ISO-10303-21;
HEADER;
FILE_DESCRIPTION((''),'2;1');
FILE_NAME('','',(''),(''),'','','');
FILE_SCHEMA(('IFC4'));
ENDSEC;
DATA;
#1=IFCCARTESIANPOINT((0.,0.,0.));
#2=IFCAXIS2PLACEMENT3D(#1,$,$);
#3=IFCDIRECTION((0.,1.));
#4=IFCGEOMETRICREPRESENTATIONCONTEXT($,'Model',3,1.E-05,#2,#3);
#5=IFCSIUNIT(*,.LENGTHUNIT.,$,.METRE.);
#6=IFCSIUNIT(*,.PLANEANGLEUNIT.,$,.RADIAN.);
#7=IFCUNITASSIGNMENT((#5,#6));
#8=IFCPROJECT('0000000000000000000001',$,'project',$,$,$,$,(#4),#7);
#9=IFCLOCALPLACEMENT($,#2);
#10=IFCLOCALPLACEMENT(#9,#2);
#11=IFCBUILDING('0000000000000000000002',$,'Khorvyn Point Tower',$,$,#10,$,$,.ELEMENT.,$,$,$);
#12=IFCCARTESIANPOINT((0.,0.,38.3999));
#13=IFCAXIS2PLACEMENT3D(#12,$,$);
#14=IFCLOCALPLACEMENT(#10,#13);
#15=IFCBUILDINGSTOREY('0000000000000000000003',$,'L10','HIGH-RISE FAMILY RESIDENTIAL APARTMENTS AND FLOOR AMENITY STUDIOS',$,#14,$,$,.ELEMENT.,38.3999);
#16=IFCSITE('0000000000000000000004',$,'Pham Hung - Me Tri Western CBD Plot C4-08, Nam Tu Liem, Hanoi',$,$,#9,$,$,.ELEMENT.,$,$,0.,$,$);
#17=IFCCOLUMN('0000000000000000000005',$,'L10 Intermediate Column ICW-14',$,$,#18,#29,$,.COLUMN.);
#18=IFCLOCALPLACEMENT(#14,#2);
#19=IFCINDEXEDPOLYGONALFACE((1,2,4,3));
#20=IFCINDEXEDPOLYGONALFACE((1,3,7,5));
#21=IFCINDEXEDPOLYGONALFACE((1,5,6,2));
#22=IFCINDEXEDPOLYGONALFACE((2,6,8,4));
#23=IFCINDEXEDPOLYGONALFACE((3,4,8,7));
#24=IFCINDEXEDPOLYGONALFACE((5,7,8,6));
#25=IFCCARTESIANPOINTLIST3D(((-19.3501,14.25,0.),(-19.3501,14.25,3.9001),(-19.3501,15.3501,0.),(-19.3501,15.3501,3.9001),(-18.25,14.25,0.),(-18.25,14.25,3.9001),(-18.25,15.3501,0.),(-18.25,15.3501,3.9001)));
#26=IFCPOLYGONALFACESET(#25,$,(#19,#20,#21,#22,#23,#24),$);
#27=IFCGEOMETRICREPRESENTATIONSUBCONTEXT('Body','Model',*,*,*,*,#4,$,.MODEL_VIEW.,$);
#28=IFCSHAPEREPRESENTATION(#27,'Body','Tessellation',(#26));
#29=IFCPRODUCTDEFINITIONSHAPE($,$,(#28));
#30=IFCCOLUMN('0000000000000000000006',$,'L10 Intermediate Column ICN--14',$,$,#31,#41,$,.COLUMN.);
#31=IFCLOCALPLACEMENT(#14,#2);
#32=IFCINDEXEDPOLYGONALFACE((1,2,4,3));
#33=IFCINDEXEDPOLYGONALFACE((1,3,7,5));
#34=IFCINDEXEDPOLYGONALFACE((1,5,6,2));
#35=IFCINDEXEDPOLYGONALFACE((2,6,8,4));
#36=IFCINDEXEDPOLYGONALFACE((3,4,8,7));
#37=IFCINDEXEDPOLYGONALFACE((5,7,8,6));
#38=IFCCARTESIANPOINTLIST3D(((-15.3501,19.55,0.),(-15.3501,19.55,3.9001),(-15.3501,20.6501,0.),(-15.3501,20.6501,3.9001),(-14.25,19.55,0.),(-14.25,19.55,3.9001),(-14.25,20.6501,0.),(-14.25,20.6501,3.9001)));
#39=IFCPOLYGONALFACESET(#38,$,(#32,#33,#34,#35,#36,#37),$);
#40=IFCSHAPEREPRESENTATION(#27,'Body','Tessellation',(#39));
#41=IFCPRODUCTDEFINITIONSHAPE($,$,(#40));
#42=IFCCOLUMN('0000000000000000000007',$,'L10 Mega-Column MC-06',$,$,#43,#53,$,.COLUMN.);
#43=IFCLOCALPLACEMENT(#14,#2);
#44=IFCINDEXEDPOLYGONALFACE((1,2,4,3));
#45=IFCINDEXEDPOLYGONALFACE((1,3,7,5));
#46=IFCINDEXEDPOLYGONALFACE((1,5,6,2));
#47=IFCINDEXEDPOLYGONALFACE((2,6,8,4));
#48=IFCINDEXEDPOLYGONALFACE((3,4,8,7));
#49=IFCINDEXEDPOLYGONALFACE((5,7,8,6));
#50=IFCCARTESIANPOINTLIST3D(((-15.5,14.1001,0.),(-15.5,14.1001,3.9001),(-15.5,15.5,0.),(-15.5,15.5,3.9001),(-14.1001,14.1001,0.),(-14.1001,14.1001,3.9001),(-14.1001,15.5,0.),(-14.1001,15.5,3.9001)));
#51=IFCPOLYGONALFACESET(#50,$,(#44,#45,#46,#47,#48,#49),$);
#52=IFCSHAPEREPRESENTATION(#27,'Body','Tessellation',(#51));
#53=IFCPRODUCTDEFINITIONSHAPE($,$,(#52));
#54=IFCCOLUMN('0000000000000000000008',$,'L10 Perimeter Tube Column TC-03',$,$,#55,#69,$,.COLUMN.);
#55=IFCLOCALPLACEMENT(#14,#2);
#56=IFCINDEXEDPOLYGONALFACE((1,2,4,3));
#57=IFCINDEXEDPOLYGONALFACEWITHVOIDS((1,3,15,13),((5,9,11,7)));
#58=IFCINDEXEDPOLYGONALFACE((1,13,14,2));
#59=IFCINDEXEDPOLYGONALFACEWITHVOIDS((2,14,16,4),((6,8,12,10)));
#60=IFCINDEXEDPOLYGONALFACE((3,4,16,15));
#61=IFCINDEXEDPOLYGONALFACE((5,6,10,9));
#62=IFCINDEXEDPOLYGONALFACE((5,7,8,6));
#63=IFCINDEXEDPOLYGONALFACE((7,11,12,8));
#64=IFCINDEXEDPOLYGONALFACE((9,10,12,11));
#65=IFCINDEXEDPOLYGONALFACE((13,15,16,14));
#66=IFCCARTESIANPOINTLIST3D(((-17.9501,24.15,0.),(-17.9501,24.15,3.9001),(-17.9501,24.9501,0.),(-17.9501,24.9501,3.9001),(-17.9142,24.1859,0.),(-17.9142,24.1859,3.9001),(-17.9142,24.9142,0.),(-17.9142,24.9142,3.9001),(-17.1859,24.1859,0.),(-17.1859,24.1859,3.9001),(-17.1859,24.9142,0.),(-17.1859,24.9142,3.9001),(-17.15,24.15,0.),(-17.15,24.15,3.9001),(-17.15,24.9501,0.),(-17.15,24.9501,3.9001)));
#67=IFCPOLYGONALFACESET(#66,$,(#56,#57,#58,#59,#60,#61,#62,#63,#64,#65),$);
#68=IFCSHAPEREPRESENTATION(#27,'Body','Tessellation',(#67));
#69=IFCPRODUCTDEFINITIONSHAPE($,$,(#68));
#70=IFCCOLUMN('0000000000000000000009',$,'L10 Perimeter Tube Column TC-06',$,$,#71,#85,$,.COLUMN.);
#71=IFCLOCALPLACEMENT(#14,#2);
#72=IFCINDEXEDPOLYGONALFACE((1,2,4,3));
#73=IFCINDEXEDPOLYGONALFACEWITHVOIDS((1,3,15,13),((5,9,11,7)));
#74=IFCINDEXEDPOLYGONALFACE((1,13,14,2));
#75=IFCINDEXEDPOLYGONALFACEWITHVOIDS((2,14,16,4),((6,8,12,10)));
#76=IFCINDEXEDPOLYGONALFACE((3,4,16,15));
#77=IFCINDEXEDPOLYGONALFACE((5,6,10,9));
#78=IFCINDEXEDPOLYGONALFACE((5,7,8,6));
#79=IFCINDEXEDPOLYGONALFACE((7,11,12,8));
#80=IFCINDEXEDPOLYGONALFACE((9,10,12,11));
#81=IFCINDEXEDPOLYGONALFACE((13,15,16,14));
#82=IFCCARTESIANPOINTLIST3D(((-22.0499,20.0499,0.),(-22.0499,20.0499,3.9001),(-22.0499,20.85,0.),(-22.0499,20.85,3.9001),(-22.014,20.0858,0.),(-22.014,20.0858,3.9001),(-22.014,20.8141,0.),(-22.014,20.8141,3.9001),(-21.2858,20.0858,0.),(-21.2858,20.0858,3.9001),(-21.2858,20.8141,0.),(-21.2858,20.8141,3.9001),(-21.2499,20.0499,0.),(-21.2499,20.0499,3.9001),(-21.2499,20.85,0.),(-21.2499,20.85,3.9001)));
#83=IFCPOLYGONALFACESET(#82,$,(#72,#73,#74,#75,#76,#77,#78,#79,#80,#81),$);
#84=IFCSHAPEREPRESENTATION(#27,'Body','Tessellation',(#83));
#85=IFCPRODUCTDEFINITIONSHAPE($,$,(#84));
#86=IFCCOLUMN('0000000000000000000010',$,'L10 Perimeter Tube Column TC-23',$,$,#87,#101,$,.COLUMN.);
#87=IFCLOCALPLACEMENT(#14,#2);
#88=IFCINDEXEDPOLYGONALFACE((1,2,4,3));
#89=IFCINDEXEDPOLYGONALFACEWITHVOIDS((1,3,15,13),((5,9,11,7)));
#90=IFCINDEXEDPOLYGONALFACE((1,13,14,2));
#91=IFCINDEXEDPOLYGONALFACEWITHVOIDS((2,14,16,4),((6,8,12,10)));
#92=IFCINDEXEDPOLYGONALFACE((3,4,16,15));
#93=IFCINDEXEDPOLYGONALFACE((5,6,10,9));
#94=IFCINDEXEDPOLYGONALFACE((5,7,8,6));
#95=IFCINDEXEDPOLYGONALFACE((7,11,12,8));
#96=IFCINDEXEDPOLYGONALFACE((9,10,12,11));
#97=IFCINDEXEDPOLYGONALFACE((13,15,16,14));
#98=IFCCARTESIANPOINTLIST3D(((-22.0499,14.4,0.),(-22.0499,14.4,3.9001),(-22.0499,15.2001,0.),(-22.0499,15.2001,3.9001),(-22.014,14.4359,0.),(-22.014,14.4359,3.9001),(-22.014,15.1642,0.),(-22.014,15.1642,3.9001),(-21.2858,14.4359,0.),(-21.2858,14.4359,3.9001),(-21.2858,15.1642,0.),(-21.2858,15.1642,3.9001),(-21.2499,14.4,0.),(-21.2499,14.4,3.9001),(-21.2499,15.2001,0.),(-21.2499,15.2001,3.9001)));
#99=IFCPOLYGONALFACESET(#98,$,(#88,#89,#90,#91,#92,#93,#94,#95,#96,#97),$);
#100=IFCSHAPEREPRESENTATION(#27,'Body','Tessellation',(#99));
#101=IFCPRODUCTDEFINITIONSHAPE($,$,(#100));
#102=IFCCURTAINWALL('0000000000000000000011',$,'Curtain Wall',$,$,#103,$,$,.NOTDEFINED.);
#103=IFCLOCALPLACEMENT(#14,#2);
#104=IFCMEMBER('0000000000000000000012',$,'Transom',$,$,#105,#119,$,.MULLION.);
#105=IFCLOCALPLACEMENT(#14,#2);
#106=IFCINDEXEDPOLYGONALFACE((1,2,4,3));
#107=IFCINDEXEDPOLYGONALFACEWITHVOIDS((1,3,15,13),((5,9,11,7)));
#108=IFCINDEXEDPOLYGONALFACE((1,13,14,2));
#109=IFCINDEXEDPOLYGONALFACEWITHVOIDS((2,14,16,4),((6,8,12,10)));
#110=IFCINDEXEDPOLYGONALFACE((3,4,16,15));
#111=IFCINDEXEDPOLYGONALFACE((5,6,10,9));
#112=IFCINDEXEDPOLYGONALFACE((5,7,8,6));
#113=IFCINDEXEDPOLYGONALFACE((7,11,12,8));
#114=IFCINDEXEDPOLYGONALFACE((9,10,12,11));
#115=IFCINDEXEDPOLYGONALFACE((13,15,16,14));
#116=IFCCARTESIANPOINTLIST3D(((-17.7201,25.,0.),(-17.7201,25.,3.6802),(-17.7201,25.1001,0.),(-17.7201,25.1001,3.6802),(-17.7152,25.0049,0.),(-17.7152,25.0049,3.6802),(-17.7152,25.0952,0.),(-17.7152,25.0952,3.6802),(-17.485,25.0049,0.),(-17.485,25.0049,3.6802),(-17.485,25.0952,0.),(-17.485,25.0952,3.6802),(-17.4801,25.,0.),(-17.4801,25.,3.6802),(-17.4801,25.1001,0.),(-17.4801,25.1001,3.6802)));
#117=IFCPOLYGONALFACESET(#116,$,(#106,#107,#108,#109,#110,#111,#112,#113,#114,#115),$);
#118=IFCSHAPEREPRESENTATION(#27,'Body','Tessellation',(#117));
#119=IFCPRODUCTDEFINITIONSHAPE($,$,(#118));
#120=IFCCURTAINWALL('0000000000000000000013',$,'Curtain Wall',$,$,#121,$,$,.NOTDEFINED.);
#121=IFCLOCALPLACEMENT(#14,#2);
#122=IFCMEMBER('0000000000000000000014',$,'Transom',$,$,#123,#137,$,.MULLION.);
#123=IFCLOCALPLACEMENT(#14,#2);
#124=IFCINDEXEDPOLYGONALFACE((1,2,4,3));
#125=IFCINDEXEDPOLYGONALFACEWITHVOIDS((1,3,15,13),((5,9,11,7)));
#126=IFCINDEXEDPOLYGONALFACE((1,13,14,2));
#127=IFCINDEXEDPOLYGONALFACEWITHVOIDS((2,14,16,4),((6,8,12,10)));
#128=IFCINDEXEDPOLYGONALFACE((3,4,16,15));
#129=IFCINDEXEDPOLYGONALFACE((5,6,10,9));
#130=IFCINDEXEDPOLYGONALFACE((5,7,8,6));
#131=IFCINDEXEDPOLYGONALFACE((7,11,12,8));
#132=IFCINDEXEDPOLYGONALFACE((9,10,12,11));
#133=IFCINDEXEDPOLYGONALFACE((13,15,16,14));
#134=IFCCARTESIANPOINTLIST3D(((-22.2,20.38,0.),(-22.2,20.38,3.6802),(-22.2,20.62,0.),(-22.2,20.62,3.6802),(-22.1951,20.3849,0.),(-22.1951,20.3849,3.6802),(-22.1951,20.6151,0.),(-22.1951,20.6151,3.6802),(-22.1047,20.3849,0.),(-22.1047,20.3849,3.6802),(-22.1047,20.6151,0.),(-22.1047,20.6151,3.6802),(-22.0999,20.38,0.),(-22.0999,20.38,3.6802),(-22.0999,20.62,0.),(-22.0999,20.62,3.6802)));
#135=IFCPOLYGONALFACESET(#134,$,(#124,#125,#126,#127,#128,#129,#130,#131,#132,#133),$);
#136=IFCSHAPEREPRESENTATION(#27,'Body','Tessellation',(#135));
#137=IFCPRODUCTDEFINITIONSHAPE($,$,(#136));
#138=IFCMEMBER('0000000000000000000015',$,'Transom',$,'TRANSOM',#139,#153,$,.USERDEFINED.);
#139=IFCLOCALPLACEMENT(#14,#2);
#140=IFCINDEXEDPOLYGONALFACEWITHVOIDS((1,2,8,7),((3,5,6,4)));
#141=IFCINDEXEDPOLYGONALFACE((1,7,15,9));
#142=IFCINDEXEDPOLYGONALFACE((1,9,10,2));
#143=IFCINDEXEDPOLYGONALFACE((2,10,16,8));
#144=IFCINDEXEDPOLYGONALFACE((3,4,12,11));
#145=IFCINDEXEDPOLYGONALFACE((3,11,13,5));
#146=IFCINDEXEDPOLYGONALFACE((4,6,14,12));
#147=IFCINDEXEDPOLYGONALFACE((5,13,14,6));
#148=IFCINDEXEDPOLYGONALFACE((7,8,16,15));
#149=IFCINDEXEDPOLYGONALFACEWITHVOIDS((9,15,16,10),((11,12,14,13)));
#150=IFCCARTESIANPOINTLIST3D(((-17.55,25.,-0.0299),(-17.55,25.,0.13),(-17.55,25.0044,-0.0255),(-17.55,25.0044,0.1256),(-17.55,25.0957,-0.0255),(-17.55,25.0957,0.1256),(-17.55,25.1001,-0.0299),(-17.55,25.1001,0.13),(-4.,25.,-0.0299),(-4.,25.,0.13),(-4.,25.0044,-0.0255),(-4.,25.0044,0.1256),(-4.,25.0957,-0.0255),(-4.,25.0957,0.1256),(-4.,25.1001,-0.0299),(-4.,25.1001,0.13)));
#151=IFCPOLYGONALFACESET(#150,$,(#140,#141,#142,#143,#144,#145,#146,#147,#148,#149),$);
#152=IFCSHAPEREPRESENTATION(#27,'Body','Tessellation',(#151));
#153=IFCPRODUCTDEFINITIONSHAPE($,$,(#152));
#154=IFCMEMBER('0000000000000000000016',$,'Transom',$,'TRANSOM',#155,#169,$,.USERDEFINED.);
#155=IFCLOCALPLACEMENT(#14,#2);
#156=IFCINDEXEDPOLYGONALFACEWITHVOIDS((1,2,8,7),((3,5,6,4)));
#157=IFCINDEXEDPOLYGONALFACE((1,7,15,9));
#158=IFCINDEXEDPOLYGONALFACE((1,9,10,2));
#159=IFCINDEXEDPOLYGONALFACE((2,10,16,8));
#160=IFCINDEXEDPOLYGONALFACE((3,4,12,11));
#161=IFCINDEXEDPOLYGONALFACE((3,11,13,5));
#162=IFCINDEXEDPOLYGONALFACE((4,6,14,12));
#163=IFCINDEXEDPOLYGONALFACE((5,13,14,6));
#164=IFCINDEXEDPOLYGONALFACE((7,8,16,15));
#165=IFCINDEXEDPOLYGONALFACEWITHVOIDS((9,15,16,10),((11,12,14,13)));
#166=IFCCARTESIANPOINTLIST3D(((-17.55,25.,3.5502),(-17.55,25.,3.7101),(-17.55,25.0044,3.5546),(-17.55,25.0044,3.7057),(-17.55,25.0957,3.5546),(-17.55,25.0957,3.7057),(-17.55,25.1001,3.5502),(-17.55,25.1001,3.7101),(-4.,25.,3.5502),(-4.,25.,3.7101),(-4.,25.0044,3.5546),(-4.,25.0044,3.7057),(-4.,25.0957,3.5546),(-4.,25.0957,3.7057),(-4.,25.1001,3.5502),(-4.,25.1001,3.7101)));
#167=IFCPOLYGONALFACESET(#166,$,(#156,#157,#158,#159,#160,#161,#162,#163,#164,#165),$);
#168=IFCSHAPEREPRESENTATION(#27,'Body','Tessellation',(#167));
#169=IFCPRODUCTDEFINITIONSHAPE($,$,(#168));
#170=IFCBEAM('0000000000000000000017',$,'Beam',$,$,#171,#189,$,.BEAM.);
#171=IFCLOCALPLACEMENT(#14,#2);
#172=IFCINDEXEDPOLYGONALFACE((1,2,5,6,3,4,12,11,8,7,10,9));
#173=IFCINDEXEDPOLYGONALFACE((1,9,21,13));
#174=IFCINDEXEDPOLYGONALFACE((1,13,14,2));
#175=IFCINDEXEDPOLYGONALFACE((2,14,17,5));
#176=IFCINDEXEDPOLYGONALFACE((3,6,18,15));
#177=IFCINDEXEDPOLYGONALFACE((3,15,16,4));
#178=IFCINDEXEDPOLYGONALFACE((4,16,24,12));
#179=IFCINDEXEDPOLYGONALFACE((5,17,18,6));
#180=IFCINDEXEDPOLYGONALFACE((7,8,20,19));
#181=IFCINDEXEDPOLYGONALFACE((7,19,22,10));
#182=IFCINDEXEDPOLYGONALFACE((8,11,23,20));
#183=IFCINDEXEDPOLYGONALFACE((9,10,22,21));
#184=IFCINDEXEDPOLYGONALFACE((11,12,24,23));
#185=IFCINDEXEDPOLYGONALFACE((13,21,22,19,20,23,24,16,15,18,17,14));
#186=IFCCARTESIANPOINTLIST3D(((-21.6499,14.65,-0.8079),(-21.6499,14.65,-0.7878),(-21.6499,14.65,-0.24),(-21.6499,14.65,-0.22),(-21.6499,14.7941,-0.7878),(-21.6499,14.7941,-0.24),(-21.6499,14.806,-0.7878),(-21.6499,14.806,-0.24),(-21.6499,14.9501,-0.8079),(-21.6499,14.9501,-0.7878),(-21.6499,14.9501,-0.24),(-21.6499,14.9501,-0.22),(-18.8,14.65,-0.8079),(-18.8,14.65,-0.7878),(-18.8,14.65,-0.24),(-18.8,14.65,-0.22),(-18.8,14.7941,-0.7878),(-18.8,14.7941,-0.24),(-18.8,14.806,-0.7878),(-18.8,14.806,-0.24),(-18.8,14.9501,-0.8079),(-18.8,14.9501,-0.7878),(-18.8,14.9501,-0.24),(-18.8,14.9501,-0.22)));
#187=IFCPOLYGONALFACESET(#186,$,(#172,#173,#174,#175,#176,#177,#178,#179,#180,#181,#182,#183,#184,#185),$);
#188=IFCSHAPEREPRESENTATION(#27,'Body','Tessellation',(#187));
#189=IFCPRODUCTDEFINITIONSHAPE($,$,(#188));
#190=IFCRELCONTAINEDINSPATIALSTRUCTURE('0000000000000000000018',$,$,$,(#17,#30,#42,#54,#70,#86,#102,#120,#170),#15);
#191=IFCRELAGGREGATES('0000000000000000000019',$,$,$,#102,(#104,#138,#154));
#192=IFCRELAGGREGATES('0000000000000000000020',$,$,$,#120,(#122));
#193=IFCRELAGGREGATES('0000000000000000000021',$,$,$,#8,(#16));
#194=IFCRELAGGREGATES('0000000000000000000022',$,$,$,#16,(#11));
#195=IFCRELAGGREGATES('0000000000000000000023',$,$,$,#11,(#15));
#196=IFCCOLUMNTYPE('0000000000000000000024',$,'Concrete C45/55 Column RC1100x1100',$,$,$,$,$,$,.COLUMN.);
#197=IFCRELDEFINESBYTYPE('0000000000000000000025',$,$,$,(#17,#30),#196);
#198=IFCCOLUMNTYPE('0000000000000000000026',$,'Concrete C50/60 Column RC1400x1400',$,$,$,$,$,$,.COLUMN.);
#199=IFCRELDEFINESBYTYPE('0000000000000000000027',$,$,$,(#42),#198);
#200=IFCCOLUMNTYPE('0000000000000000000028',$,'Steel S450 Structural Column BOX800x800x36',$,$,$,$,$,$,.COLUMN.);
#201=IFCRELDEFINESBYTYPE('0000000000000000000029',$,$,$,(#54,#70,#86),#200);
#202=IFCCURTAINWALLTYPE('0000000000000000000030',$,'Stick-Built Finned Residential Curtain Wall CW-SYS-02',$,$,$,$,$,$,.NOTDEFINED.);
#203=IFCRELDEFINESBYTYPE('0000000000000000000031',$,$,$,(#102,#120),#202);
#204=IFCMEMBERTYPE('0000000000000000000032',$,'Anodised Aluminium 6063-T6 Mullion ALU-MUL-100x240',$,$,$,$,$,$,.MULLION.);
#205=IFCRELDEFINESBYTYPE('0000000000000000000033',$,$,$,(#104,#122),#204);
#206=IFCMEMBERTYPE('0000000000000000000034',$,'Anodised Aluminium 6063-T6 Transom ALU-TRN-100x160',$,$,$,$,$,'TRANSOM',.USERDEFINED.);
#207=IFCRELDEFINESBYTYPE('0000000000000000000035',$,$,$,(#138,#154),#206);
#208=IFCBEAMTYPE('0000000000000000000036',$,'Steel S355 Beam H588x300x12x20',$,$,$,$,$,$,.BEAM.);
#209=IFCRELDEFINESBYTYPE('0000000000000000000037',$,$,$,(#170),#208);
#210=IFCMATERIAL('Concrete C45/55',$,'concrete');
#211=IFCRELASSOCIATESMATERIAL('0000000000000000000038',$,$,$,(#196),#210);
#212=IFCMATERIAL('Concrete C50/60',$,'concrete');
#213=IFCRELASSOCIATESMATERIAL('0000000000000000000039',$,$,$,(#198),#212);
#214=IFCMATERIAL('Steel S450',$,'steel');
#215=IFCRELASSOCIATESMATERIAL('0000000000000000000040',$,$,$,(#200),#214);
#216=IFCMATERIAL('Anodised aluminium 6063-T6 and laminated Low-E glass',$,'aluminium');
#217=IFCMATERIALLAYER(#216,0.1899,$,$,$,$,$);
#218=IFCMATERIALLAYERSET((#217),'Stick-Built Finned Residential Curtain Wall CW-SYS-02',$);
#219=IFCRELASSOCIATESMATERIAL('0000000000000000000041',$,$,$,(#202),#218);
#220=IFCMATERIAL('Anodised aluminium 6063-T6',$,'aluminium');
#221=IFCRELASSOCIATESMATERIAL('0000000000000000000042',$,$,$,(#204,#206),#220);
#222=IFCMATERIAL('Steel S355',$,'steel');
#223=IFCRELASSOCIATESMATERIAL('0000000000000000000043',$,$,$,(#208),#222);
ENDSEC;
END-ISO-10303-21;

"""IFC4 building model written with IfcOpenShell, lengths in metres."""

from ifc_helpers import new_model, si_unit, direction, frame, origin, origin_2d, place, context, subcontext, project, spatial, rectangle, hollow_rectangle, i_section, extrude, material, layer, layer_set, material_profile, profile_set, type_object, element, aggregate, save


model = new_model("IFC4")

# Units and contexts
model_context = context("Model", 3, precision=1e-05, world=origin(), true_north=direction((0.0, 1.0)))
body_context = subcontext(model_context, "Body", "Model", "MODEL_VIEW")
ifc_project = project(units=[si_unit("LENGTHUNIT", "METRE"), si_unit("PLANEANGLEUNIT", "RADIAN")], contexts=[model_context])

# Site, building, storey
site_placement = place(None, origin())
site = spatial("IfcSite", under=ifc_project, at=site_placement, Name="Pham Hung - Me Tri Western CBD Plot C4-08, Nam Tu Liem, Hanoi", CompositionType="ELEMENT", RefElevation=0.0)
building_placement = place(site_placement, origin())
building = spatial("IfcBuilding", under=site, at=building_placement, Name="Khorvyn Point Tower", CompositionType="ELEMENT")
storey_placement = place(building_placement, frame((0.0, 0.0, 38.3999)))
storey = spatial("IfcBuildingStorey", under=building, at=storey_placement, Name="L10", Description="HIGH-RISE FAMILY RESIDENTIAL APARTMENTS AND FLOOR AMENITY STUDIOS", CompositionType="ELEMENT", Elevation=38.3999)

# Columns
ifc_material_1 = material(Name="Concrete C45/55", Category="concrete")
ifc_material_profile_1 = material_profile(ifc_material_1, rectangle(XDim=1.1001, YDim=1.1001, at=origin_2d()))
ifc_profile_set_1 = profile_set([ifc_material_profile_1], Name="Concrete C45/55 RC1100x1100")
column_type_1 = type_object("IfcColumnType", Name="Concrete C45/55 Column RC1100x1100", PredefinedType="COLUMN", material=ifc_profile_set_1)
for number, where, z_axis, x_axis, name in (
    (1, (-18.8, 14.8, 0.0), (0.0, 0.0, 1.0), (1.0, 0.0, 0.0), "L10 Intermediate Column ICW-14"),
    (2, (-14.8, 20.1001, 0.0), (0.0, 0.0, 1.0), (1.0, 0.0, 0.0), "L10 Intermediate Column ICN--14"),
):
    element("IfcColumn", number, at=place(storey_placement, frame(where, z_axis=z_axis, x_axis=x_axis)), inside=storey, type_object=column_type_1, Name=name, PredefinedType="COLUMN", context=body_context, shape_type="SweptSolid", body=[
        extrude(rectangle(XDim=1.1001, YDim=1.1001, at=origin_2d()), origin(), (0.0, 0.0, 1.0), 3.9001),
    ])
ifc_material_2 = material(Name="Concrete C50/60", Category="concrete")
ifc_material_profile_2 = material_profile(ifc_material_2, rectangle(XDim=1.3999, YDim=1.3999, at=origin_2d()))
ifc_profile_set_2 = profile_set([ifc_material_profile_2], Name="Concrete C50/60 RC1400x1400")
column_type_2 = type_object("IfcColumnType", Name="Concrete C50/60 Column RC1400x1400", PredefinedType="COLUMN", material=ifc_profile_set_2)
column_placement = place(storey_placement, frame((-14.8, 14.8, 0.0), z_axis=(0.0, 0.0, 1.0), x_axis=(1.0, 0.0, 0.0)))
element("IfcColumn", 3, at=column_placement, inside=storey, type_object=column_type_2, Name="L10 Mega-Column MC-06", PredefinedType="COLUMN", context=body_context, shape_type="SweptSolid", body=[
    extrude(rectangle(XDim=1.3999, YDim=1.3999, at=origin_2d()), origin(), (0.0, 0.0, 1.0), 3.9001),
])
ifc_material_3 = material(Name="Steel S450", Category="steel")
ifc_material_profile_3 = material_profile(ifc_material_3, hollow_rectangle(XDim=0.8, YDim=0.8, WallThickness=0.0359, at=origin_2d()))
ifc_profile_set_3 = profile_set([ifc_material_profile_3], Name="Steel S450 BOX800x800x36")
column_type_3 = type_object("IfcColumnType", Name="Steel S450 Structural Column BOX800x800x36", PredefinedType="COLUMN", material=ifc_profile_set_3)
for number, where, z_axis, x_axis, name in (
    (4, (-17.55, 24.55, 0.0), (0.0, 0.0, 1.0), (1.0, 0.0, 0.0), "L10 Perimeter Tube Column TC-03"),
    (5, (-21.6499, 20.45, 0.0), (0.0, 0.0, 1.0), (1.0, 0.0, 0.0), "L10 Perimeter Tube Column TC-06"),
    (6, (-21.6499, 14.8, 0.0), (0.0, 0.0, 1.0), (1.0, 0.0, 0.0), "L10 Perimeter Tube Column TC-23"),
):
    element("IfcColumn", number, at=place(storey_placement, frame(where, z_axis=z_axis, x_axis=x_axis)), inside=storey, type_object=column_type_3, Name=name, PredefinedType="COLUMN", context=body_context, shape_type="SweptSolid", body=[
        extrude(hollow_rectangle(XDim=0.8, YDim=0.8, WallThickness=0.0359, at=origin_2d()), origin(), (0.0, 0.0, 1.0), 3.9001),
    ])

# Curtain walls, members
ifc_material_4 = material(Name="Anodised aluminium 6063-T6 and laminated Low-E glass", Category="aluminium")
ifc_layer_1 = layer(ifc_material_4, 0.1899)
ifc_layer_set_1 = layer_set([ifc_layer_1], Name="Stick-Built Finned Residential Curtain Wall CW-SYS-02")
curtain_wall_type = type_object("IfcCurtainWallType", Name="Stick-Built Finned Residential Curtain Wall CW-SYS-02", PredefinedType="NOTDEFINED", material=ifc_layer_set_1)
curtain_wall_1_placement = place(storey_placement, origin())
curtain_wall_1 = element("IfcCurtainWall", 7, at=curtain_wall_1_placement, inside=storey, type_object=curtain_wall_type, Name="Curtain Wall", PredefinedType="NOTDEFINED")
ifc_material_5 = material(Name="Anodised aluminium 6063-T6", Category="aluminium")
ifc_material_profile_4 = material_profile(ifc_material_5, hollow_rectangle(XDim=0.1001, YDim=0.24, WallThickness=0.0049, at=origin_2d()))
ifc_profile_set_4 = profile_set([ifc_material_profile_4], Name="Anodised aluminium 6063-T6 ALU-MUL-100x240")
member_type_1 = type_object("IfcMemberType", Name="Anodised Aluminium 6063-T6 Mullion ALU-MUL-100x240", PredefinedType="MULLION", material=ifc_profile_set_4)
member_1_placement = place(storey_placement, frame((-17.6001, 25.05, 0.0), z_axis=(0.0, 0.0, 1.0), x_axis=(0.0, 1.0, 0.0)))
member_1 = element("IfcMember", 8, at=member_1_placement, type_object=member_type_1, Name="Transom", PredefinedType="MULLION", context=body_context, shape_type="SweptSolid", body=[
    extrude(hollow_rectangle(XDim=0.1001, YDim=0.24, WallThickness=0.0049, at=origin_2d()), origin(), (0.0, 0.0, 1.0), 3.6802),
])
curtain_wall_2_placement = place(storey_placement, origin())
curtain_wall_2 = element("IfcCurtainWall", 9, at=curtain_wall_2_placement, inside=storey, type_object=curtain_wall_type, Name="Curtain Wall", PredefinedType="NOTDEFINED")
member_2_placement = place(storey_placement, frame((-22.1499, 20.5, 0.0), z_axis=(0.0, 0.0, 1.0), x_axis=(-1.0, 0.0, 0.0)))
member_2 = element("IfcMember", 10, at=member_2_placement, type_object=member_type_1, Name="Transom", PredefinedType="MULLION", context=body_context, shape_type="SweptSolid", body=[
    extrude(hollow_rectangle(XDim=0.1001, YDim=0.24, WallThickness=0.0049, at=origin_2d()), origin(), (0.0, 0.0, 1.0), 3.6802),
])

# Members
ifc_material_profile_5 = material_profile(ifc_material_5, hollow_rectangle(XDim=0.1001, YDim=0.1599, WallThickness=0.0044, at=origin_2d()))
ifc_profile_set_5 = profile_set([ifc_material_profile_5], Name="Anodised aluminium 6063-T6 ALU-TRN-100x160")
member_type_2 = type_object("IfcMemberType", Name="Anodised Aluminium 6063-T6 Transom ALU-TRN-100x160", ElementType="TRANSOM", PredefinedType="USERDEFINED", material=ifc_profile_set_5)
member_3_placement = place(storey_placement, frame((-17.55, 25.05, 0.05), z_axis=(1.0, 0.0, 0.0), x_axis=(0.0, 1.0, 0.0)))
member_3 = element("IfcMember", 11, at=member_3_placement, type_object=member_type_2, Name="Transom", ObjectType="TRANSOM", PredefinedType="USERDEFINED", context=body_context, shape_type="SweptSolid", body=[
    extrude(hollow_rectangle(XDim=0.1001, YDim=0.1599, WallThickness=0.0044, at=origin_2d()), origin(), (0.0, 0.0, 1.0), 13.55),
])
member_4_placement = place(storey_placement, frame((-17.55, 25.05, 3.6301), z_axis=(1.0, 0.0, 0.0), x_axis=(0.0, 1.0, 0.0)))
member_4 = element("IfcMember", 12, at=member_4_placement, type_object=member_type_2, Name="Transom", ObjectType="TRANSOM", PredefinedType="USERDEFINED", context=body_context, shape_type="SweptSolid", body=[
    extrude(hollow_rectangle(XDim=0.1001, YDim=0.1599, WallThickness=0.0044, at=origin_2d()), origin(), (0.0, 0.0, 1.0), 13.55),
])

# Beam
ifc_material_6 = material(Name="Steel S355", Category="steel")
ifc_material_profile_6 = material_profile(ifc_material_6, i_section(OverallWidth=0.3, OverallDepth=0.5879, WebThickness=0.012, FlangeThickness=0.02, at=origin_2d()))
ifc_profile_set_6 = profile_set([ifc_material_profile_6], Name="Steel S355 H588x300x12x20")
beam_type_1 = type_object("IfcBeamType", Name="Steel S355 Beam H588x300x12x20", PredefinedType="BEAM", material=ifc_profile_set_6)
beam_1_placement = place(storey_placement, frame((-21.6499, 14.8, -0.5139), z_axis=(1.0, 0.0, 0.0), x_axis=(0.0, 1.0, 0.0)))
element("IfcBeam", 13, at=beam_1_placement, inside=storey, type_object=beam_type_1, Name="Beam", PredefinedType="BEAM", context=body_context, shape_type="SweptSolid", body=[
    extrude(i_section(OverallWidth=0.3, OverallDepth=0.5879, WebThickness=0.012, FlangeThickness=0.02, at=origin_2d()), origin(), (0.0, 0.0, 1.0), 2.8499),
])

aggregate(curtain_wall_1, [member_1, member_3, member_4])
aggregate(curtain_wall_2, [member_2])

save(model, "model.ifc")
